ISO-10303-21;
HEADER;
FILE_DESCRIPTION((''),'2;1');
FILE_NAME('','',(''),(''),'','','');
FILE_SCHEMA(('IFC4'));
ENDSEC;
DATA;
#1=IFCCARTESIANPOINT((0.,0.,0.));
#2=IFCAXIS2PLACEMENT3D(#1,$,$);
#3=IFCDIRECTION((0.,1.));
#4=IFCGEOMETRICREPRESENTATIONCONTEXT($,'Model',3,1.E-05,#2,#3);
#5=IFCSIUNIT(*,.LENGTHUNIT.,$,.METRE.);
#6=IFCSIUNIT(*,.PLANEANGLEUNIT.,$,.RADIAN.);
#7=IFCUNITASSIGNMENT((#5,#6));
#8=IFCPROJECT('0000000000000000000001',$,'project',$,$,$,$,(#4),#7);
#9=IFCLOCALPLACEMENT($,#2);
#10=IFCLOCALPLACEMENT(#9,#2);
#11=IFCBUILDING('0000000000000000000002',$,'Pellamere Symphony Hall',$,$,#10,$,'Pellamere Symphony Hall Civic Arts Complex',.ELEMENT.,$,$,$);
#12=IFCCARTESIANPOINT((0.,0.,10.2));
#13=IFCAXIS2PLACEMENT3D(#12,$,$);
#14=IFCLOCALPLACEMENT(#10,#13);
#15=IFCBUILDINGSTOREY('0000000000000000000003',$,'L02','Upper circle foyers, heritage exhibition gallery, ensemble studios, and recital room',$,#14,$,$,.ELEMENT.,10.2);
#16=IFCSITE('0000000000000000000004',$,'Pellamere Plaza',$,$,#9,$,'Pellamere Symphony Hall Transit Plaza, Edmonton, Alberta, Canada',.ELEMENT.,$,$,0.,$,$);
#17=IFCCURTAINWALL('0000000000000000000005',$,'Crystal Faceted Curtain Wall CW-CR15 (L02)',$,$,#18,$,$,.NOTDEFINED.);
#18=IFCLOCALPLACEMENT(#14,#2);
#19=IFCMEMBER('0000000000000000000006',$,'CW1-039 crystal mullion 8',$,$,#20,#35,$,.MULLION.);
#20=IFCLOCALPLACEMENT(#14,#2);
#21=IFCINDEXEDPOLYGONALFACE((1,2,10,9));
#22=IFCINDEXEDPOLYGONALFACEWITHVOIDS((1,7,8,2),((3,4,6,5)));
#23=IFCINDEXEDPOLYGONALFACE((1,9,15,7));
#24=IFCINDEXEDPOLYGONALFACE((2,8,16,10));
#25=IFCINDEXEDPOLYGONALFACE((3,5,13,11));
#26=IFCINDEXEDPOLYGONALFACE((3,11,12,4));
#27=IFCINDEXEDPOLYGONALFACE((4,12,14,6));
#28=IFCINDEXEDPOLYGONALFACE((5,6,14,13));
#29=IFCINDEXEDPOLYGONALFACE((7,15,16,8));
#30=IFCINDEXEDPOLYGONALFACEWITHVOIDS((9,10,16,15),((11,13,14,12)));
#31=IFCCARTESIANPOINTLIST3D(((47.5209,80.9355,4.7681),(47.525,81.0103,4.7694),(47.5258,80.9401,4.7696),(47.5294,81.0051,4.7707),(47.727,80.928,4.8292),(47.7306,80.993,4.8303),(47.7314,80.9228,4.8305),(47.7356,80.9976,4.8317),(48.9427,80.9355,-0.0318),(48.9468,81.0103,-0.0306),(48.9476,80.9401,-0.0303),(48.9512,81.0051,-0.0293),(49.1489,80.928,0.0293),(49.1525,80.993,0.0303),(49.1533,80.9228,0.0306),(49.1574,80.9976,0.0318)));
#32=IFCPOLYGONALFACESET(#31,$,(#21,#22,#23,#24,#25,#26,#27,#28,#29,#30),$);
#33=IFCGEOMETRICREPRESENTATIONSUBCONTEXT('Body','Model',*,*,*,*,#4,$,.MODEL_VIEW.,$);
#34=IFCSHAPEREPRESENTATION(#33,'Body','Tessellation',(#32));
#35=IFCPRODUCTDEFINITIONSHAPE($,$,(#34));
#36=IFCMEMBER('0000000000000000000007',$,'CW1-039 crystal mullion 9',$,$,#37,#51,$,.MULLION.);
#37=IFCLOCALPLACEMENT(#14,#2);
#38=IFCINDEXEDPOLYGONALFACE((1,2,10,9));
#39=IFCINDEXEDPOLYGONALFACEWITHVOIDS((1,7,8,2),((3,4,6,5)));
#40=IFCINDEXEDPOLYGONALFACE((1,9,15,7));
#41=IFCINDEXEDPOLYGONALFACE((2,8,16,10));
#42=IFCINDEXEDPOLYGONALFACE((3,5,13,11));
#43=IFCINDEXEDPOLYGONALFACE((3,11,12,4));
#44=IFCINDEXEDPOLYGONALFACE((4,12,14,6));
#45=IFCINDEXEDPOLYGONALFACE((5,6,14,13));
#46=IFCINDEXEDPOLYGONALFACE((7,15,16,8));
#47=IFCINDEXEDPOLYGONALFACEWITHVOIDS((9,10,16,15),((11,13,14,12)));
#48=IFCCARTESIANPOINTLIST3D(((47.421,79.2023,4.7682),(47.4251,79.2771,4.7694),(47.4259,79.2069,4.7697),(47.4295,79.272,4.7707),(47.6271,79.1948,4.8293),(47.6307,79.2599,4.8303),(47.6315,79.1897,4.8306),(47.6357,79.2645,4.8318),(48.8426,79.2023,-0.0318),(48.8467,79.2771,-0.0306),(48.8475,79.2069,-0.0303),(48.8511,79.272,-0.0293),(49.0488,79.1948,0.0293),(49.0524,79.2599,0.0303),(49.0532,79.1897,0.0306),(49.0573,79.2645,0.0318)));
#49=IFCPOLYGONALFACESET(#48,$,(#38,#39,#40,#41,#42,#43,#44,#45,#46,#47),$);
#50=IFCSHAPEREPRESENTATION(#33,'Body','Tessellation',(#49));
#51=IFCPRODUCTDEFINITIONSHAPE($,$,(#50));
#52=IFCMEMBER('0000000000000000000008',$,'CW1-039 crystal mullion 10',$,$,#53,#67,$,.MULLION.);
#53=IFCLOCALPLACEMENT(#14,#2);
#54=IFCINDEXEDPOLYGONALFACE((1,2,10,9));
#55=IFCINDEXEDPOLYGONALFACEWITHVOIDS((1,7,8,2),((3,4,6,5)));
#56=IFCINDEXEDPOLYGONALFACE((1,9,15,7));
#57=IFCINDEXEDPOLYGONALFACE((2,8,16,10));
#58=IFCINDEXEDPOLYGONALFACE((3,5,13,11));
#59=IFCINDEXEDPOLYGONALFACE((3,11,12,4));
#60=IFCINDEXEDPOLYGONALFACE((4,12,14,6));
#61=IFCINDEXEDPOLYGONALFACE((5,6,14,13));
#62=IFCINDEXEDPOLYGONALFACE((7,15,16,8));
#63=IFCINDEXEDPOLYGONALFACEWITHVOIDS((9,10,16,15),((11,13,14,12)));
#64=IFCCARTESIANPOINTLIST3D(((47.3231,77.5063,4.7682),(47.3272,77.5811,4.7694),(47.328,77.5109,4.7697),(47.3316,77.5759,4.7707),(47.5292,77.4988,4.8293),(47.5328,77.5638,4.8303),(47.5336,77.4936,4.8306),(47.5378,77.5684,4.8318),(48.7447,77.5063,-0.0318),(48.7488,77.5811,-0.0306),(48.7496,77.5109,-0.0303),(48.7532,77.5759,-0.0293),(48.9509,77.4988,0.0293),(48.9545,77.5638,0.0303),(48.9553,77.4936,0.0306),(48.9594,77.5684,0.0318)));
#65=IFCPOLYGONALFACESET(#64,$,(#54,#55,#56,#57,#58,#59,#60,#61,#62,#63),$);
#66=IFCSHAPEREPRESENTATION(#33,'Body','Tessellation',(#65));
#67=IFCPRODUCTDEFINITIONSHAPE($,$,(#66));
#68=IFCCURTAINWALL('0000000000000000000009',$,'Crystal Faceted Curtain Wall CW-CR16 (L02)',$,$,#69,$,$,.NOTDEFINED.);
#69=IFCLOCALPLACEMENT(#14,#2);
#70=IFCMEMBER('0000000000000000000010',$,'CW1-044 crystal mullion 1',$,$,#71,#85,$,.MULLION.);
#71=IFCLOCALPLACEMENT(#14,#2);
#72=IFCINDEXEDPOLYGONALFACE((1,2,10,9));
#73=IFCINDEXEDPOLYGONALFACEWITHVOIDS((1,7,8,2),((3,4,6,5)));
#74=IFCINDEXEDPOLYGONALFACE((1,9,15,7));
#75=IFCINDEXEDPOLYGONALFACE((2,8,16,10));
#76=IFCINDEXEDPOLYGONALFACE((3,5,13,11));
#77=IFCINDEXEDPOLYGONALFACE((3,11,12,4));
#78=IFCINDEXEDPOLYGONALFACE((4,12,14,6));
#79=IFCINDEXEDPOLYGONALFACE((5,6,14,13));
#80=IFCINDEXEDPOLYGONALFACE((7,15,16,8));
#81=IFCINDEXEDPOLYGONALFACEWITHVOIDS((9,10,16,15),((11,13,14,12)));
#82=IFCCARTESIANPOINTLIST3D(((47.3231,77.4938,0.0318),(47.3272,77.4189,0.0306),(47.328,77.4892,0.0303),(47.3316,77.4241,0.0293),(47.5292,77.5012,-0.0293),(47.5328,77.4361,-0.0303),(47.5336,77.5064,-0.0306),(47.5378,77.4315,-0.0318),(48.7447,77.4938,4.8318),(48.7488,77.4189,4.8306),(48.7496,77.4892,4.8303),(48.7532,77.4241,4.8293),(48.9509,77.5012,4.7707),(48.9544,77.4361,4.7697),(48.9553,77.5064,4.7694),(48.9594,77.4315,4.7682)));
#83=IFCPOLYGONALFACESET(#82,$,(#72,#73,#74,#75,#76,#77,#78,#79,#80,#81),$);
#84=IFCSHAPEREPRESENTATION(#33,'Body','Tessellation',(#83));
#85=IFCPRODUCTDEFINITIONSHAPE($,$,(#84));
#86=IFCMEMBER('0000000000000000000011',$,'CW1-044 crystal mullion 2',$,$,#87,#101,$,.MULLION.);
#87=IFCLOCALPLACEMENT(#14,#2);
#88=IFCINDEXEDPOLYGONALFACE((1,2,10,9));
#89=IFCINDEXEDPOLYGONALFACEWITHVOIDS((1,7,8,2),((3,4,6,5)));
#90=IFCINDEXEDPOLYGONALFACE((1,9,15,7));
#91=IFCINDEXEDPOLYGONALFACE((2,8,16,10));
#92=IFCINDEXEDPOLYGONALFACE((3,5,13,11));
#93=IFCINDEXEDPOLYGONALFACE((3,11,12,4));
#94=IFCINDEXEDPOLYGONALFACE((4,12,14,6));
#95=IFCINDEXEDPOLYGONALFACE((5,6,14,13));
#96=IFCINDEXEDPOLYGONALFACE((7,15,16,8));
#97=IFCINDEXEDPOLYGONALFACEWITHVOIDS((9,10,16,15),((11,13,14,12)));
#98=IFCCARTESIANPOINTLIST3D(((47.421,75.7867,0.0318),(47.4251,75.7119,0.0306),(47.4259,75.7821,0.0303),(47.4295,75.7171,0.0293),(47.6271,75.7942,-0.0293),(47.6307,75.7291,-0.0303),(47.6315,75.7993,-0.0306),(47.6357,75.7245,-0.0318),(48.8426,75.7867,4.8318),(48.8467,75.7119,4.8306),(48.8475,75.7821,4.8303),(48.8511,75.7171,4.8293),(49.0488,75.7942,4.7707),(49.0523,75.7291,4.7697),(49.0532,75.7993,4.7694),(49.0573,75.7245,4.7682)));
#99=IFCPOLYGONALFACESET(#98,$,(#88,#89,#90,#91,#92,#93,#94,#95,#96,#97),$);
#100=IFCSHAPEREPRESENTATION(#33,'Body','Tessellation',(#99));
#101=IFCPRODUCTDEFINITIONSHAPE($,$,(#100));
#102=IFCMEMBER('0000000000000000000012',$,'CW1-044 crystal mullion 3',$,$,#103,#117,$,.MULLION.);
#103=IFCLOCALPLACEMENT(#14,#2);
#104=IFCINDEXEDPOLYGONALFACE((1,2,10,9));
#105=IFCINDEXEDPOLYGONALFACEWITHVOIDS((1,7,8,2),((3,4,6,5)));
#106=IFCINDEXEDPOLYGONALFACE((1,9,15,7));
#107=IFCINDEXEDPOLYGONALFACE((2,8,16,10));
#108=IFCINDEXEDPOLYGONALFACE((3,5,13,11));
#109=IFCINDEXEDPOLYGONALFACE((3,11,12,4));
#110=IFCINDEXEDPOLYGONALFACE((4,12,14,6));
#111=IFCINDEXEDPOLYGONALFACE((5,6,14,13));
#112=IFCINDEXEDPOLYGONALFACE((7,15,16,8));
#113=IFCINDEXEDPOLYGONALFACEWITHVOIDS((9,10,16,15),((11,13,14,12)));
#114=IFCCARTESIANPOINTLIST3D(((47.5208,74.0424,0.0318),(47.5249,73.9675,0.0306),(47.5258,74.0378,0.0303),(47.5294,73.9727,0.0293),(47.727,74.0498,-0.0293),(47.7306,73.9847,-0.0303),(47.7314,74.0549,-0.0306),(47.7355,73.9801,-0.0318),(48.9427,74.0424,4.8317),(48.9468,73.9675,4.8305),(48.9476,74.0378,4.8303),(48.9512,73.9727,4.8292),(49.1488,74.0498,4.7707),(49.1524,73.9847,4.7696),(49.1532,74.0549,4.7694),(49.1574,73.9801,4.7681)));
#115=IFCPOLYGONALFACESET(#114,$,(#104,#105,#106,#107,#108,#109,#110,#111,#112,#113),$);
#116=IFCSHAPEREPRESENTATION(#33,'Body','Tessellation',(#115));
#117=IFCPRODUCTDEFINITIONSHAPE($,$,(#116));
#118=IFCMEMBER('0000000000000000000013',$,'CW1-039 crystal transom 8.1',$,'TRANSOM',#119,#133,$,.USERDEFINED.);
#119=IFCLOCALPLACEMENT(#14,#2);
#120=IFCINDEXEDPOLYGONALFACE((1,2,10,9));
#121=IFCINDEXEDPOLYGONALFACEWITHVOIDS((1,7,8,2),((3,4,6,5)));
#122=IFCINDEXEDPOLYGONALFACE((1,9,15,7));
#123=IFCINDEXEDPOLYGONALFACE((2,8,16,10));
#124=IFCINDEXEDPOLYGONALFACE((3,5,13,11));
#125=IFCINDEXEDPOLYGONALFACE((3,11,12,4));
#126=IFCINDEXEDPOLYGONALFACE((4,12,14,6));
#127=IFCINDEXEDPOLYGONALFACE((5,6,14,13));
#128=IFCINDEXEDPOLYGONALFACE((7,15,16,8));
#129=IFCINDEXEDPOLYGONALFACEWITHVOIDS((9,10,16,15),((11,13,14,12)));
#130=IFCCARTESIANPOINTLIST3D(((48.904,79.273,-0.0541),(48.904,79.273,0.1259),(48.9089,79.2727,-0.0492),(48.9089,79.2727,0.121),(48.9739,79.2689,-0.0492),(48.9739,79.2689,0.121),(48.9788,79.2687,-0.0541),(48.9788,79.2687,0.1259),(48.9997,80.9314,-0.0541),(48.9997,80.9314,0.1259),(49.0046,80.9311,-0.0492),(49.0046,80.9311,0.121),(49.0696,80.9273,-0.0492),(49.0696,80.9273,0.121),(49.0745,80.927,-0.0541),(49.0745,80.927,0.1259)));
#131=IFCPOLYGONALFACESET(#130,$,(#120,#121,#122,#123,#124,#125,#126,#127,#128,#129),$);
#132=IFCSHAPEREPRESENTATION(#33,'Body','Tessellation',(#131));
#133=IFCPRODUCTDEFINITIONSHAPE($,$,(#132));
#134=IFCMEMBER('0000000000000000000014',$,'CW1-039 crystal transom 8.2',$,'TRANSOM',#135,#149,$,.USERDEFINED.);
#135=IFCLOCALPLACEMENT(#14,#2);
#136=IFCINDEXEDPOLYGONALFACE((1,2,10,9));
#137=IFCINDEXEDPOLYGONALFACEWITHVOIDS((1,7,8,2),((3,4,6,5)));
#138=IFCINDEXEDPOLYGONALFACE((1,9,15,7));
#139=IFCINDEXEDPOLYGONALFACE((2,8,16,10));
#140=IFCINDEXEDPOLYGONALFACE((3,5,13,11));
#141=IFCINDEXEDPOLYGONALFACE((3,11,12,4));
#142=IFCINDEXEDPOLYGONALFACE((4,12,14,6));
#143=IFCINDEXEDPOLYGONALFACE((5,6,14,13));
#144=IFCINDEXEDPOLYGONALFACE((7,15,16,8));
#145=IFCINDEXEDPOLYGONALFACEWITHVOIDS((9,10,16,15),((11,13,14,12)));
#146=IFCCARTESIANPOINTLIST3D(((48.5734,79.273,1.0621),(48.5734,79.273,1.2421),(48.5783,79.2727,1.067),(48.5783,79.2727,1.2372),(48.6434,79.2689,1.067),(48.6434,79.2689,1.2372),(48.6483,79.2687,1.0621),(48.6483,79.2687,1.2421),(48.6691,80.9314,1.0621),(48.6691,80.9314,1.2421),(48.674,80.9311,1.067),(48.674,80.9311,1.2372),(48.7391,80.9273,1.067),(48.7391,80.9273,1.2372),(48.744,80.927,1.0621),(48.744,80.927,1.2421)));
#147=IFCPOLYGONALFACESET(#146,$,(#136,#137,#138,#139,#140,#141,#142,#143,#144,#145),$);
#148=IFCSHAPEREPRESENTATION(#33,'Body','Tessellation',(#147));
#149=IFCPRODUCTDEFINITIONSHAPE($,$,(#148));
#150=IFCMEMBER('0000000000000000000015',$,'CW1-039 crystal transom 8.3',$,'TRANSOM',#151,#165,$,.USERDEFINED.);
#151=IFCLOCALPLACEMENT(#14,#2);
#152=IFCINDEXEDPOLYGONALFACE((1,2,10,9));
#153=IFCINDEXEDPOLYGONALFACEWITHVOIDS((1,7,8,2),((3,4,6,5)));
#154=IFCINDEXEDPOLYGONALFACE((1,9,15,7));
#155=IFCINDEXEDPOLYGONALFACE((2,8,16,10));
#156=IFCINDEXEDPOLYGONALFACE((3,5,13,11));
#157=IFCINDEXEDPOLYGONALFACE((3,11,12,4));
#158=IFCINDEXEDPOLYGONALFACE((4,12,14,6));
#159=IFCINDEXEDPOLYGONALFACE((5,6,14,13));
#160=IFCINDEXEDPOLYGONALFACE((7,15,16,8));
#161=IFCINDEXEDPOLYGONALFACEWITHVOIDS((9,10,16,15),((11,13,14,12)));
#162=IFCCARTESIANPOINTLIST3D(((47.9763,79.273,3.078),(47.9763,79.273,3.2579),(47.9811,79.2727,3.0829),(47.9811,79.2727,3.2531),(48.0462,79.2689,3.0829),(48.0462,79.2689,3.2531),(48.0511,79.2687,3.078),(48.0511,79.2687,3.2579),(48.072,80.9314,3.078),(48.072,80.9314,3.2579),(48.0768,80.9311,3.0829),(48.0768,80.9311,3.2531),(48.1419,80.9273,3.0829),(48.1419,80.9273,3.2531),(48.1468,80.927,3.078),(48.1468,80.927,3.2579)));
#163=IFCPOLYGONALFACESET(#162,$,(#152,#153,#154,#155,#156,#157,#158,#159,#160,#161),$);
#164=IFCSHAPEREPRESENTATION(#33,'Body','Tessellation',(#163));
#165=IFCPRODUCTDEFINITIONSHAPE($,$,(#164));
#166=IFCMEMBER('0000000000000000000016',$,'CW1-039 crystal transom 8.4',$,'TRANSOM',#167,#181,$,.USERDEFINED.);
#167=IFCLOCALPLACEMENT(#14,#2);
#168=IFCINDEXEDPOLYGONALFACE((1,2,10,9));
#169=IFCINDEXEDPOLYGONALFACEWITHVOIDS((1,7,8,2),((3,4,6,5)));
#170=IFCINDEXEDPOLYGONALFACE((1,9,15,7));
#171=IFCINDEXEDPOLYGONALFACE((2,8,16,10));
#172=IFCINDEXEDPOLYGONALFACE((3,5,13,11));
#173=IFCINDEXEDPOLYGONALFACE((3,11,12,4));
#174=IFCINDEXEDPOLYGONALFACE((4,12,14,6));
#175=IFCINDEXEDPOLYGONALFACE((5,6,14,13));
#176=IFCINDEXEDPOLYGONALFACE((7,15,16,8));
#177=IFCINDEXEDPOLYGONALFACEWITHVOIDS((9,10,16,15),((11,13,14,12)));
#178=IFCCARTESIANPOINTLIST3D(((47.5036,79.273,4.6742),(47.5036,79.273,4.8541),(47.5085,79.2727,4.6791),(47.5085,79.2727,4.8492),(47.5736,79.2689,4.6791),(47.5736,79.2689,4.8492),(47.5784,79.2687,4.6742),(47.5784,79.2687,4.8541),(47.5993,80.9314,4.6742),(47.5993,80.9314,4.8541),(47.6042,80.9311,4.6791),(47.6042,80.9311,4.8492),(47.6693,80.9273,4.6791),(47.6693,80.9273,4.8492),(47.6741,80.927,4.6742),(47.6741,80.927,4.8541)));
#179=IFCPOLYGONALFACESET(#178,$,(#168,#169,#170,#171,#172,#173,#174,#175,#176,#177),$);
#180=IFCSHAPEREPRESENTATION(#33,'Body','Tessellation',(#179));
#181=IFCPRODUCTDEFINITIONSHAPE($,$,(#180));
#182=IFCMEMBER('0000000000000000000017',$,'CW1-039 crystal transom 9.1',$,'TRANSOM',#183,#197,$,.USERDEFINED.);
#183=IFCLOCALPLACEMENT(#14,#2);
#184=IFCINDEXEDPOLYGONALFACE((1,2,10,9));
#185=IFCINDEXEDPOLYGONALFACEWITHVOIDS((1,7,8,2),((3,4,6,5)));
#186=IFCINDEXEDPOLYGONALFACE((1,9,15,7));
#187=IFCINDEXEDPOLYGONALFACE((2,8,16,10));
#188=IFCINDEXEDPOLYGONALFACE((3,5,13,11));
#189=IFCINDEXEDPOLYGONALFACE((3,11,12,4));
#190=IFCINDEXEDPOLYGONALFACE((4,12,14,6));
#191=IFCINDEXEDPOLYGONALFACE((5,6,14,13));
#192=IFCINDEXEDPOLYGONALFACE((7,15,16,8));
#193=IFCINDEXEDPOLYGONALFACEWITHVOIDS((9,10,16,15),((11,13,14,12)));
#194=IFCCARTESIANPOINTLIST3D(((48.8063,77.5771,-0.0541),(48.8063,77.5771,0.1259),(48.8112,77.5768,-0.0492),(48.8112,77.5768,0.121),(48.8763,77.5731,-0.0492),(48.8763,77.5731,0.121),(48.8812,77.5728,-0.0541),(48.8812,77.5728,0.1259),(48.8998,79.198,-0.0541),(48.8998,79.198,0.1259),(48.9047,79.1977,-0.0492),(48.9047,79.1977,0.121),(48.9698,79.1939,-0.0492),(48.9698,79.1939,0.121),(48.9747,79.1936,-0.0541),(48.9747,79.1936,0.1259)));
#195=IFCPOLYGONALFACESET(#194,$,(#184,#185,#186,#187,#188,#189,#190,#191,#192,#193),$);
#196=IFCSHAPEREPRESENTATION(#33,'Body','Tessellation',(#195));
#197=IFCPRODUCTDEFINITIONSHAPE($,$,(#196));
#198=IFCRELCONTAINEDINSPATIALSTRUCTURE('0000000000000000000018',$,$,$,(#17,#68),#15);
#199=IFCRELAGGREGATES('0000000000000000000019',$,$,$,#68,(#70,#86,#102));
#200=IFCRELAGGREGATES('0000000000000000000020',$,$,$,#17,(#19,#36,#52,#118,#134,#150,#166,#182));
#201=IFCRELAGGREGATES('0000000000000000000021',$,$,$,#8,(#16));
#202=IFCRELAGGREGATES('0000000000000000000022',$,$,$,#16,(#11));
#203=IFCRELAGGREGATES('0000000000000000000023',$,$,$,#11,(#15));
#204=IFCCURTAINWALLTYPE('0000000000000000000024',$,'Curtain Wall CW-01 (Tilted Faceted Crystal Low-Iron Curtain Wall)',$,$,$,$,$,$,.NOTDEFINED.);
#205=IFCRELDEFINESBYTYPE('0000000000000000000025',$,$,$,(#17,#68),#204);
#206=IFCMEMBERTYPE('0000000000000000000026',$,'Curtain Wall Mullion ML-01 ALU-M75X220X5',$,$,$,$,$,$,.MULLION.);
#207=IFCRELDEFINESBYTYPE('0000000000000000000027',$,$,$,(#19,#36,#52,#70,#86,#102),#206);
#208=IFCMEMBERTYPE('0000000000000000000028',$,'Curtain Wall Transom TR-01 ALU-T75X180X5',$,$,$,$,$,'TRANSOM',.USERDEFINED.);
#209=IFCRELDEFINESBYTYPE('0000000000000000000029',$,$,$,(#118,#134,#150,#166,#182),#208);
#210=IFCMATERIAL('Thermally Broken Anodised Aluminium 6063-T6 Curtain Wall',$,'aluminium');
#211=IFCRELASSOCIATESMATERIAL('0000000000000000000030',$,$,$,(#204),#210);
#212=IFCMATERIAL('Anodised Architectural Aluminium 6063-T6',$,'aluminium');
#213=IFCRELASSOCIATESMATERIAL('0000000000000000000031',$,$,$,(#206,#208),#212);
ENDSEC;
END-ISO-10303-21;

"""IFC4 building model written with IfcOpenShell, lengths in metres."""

from ifc_helpers import new_model, si_unit, direction, frame, origin, origin_2d, place, context, subcontext, project, spatial, hollow_rectangle, extrude, material, material_profile, profile_set, type_object, element, aggregate, save


model = new_model("IFC4")

# Units and contexts
model_context = context("Model", 3, precision=1e-05, world=origin(), true_north=direction((0.0, 1.0)))
body_context = subcontext(model_context, "Body", "Model", "MODEL_VIEW")
ifc_project = project(units=[si_unit("LENGTHUNIT", "METRE"), si_unit("PLANEANGLEUNIT", "RADIAN")], contexts=[model_context])

# Site, building, storey
site_placement = place(None, origin())
site = spatial("IfcSite", under=ifc_project, at=site_placement, Name="Pellamere Plaza", LongName="Pellamere Symphony Hall Transit Plaza, Edmonton, Alberta, Canada", CompositionType="ELEMENT", RefElevation=0.0)
building_placement = place(site_placement, origin())
building = spatial("IfcBuilding", under=site, at=building_placement, Name="Pellamere Symphony Hall", LongName="Pellamere Symphony Hall Civic Arts Complex", CompositionType="ELEMENT")
storey_placement = place(building_placement, frame((0.0, 0.0, 10.2)))
storey = spatial("IfcBuildingStorey", under=building, at=storey_placement, Name="L02", Description="Upper circle foyers, heritage exhibition gallery, ensemble studios, and recital room", CompositionType="ELEMENT", Elevation=10.2)

# Curtain walls, members
ifc_material_1 = material(Name="Thermally Broken Anodised Aluminium 6063-T6 Curtain Wall", Category="aluminium")
curtain_wall_type = type_object("IfcCurtainWallType", Name="Curtain Wall CW-01 (Tilted Faceted Crystal Low-Iron Curtain Wall)", PredefinedType="NOTDEFINED", material=ifc_material_1)
curtain_wall_1_placement = place(storey_placement, origin())
curtain_wall_1 = element("IfcCurtainWall", 1, at=curtain_wall_1_placement, inside=storey, type_object=curtain_wall_type, Name="Crystal Faceted Curtain Wall CW-CR15 (L02)", PredefinedType="NOTDEFINED")
ifc_material_2 = material(Name="Anodised Architectural Aluminium 6063-T6", Category="aluminium")
ifc_material_profile_1 = material_profile(ifc_material_2, hollow_rectangle(XDim=0.075, YDim=0.22, WallThickness=0.0049, at=origin_2d()), Name="ALU-M75X220X5")
ifc_profile_set_1 = profile_set([ifc_material_profile_1], Name="Anodised Architectural Aluminium 6063-T6")
member_type_1 = type_object("IfcMemberType", Name="Curtain Wall Mullion ML-01 ALU-M75X220X5", PredefinedType="MULLION", material=ifc_profile_set_1)
member_1_placement = place(storey_placement, frame((49.05, 80.9666, 0.0), z_axis=(-0.284022, 0.0, 0.958818), x_axis=(-0.055225, -0.99834, -0.016359)))
member_1 = element("IfcMember", 2, at=member_1_placement, type_object=member_type_1, Name="CW1-039 crystal mullion 8", PredefinedType="MULLION", context=body_context, shape_type="SweptSolid", body=[
    extrude(hollow_rectangle(XDim=0.075, YDim=0.22, WallThickness=0.0049, at=origin_2d()), origin(), (0.0, 0.0, 1.0), 5.0061),
])
member_2_placement = place(storey_placement, frame((48.95, 79.2334, 0.0), z_axis=(-0.283977, 0.0, 0.958831), x_axis=(-0.055225, -0.99834, -0.016356)))
member_2 = element("IfcMember", 3, at=member_2_placement, type_object=member_type_1, Name="CW1-039 crystal mullion 9", PredefinedType="MULLION", context=body_context, shape_type="SweptSolid", body=[
    extrude(hollow_rectangle(XDim=0.075, YDim=0.22, WallThickness=0.0049, at=origin_2d()), origin(), (0.0, 0.0, 1.0), 5.0061),
])
member_3_placement = place(storey_placement, frame((48.8521, 77.5374, 0.0), z_axis=(-0.283977, 0.0, 0.958831), x_axis=(-0.055225, -0.99834, -0.016356)))
member_3 = element("IfcMember", 4, at=member_3_placement, type_object=member_type_1, Name="CW1-039 crystal mullion 10", PredefinedType="MULLION", context=body_context, shape_type="SweptSolid", body=[
    extrude(hollow_rectangle(XDim=0.075, YDim=0.22, WallThickness=0.0049, at=origin_2d()), origin(), (0.0, 0.0, 1.0), 5.0061),
])
curtain_wall_2_placement = place(storey_placement, origin())
curtain_wall_2 = element("IfcCurtainWall", 5, at=curtain_wall_2_placement, inside=storey, type_object=curtain_wall_type, Name="Crystal Faceted Curtain Wall CW-CR16 (L02)", PredefinedType="NOTDEFINED")
member_4_placement = place(storey_placement, frame((47.4304, 77.4626, 0.0), z_axis=(0.283977, 0.0, 0.958831), x_axis=(-0.054875, 0.998361, 0.016252)))
member_4 = element("IfcMember", 6, at=member_4_placement, type_object=member_type_1, Name="CW1-044 crystal mullion 1", PredefinedType="MULLION", context=body_context, shape_type="SweptSolid", body=[
    extrude(hollow_rectangle(XDim=0.075, YDim=0.22, WallThickness=0.0049, at=origin_2d()), origin(), (0.0, 0.0, 1.0), 5.0061),
])
member_5_placement = place(storey_placement, frame((47.5283, 75.7556, 0.0), z_axis=(0.283977, 0.0, 0.958831), x_axis=(-0.054875, 0.998361, 0.016252)))
member_5 = element("IfcMember", 7, at=member_5_placement, type_object=member_type_1, Name="CW1-044 crystal mullion 2", PredefinedType="MULLION", context=body_context, shape_type="SweptSolid", body=[
    extrude(hollow_rectangle(XDim=0.075, YDim=0.22, WallThickness=0.0049, at=origin_2d()), origin(), (0.0, 0.0, 1.0), 5.0061),
])
member_6_placement = place(storey_placement, frame((47.6282, 74.0112, 0.0), z_axis=(0.284022, 0.0, 0.958818), x_axis=(-0.054874, 0.998361, 0.016255)))
member_6 = element("IfcMember", 8, at=member_6_placement, type_object=member_type_1, Name="CW1-044 crystal mullion 3", PredefinedType="MULLION", context=body_context, shape_type="SweptSolid", body=[
    extrude(hollow_rectangle(XDim=0.075, YDim=0.22, WallThickness=0.0049, at=origin_2d()), origin(), (0.0, 0.0, 1.0), 5.0061),
])

# Members
ifc_material_profile_2 = material_profile(ifc_material_2, hollow_rectangle(XDim=0.075, YDim=0.1799, WallThickness=0.0049, at=origin_2d()), Name="ALU-T75X180X5")
ifc_profile_set_2 = profile_set([ifc_material_profile_2], Name="Anodised Architectural Aluminium 6063-T6")
member_type_2 = type_object("IfcMemberType", Name="Curtain Wall Transom TR-01 ALU-T75X180X5", ElementType="TRANSOM", PredefinedType="USERDEFINED", material=ifc_profile_set_2)
member_7_placement = place(storey_placement, frame((49.0371, 80.9292, 0.0359), z_axis=(-0.057611, -0.998339, 0.0), x_axis=(0.998339, -0.057611, 0.0)))
member_7 = element("IfcMember", 9, at=member_7_placement, type_object=member_type_2, Name="CW1-039 crystal transom 8.1", ObjectType="TRANSOM", PredefinedType="USERDEFINED", context=body_context, shape_type="SweptSolid", body=[
    extrude(hollow_rectangle(XDim=0.075, YDim=0.1799, WallThickness=0.0049, at=origin_2d()), origin(), (0.0, 0.0, 1.0), 1.6611),
])
member_8_placement = place(storey_placement, frame((48.7065, 80.9292, 1.1521), z_axis=(-0.057611, -0.998339, 0.0), x_axis=(0.998339, -0.057611, 0.0)))
member_8 = element("IfcMember", 10, at=member_8_placement, type_object=member_type_2, Name="CW1-039 crystal transom 8.2", ObjectType="TRANSOM", PredefinedType="USERDEFINED", context=body_context, shape_type="SweptSolid", body=[
    extrude(hollow_rectangle(XDim=0.075, YDim=0.1799, WallThickness=0.0049, at=origin_2d()), origin(), (0.0, 0.0, 1.0), 1.6611),
])
member_9_placement = place(storey_placement, frame((48.1094, 80.9292, 3.168), z_axis=(-0.057611, -0.998339, 0.0), x_axis=(0.998339, -0.057611, 0.0)))
member_9 = element("IfcMember", 11, at=member_9_placement, type_object=member_type_2, Name="CW1-039 crystal transom 8.3", ObjectType="TRANSOM", PredefinedType="USERDEFINED", context=body_context, shape_type="SweptSolid", body=[
    extrude(hollow_rectangle(XDim=0.075, YDim=0.1799, WallThickness=0.0049, at=origin_2d()), origin(), (0.0, 0.0, 1.0), 1.6611),
])
member_10_placement = place(storey_placement, frame((47.6367, 80.9292, 4.7642), z_axis=(-0.057611, -0.998339, 0.0), x_axis=(0.998339, -0.057611, 0.0)))
member_10 = element("IfcMember", 12, at=member_10_placement, type_object=member_type_2, Name="CW1-039 crystal transom 8.4", ObjectType="TRANSOM", PredefinedType="USERDEFINED", context=body_context, shape_type="SweptSolid", body=[
    extrude(hollow_rectangle(XDim=0.075, YDim=0.1799, WallThickness=0.0049, at=origin_2d()), origin(), (0.0, 0.0, 1.0), 1.6611),
])
member_11_placement = place(storey_placement, frame((48.9373, 79.1958, 0.0359), z_axis=(-0.057594, -0.99834, 0.0), x_axis=(0.99834, -0.057594, 0.0)))
member_11 = element("IfcMember", 13, at=member_11_placement, type_object=member_type_2, Name="CW1-039 crystal transom 9.1", ObjectType="TRANSOM", PredefinedType="USERDEFINED", context=body_context, shape_type="SweptSolid", body=[
    extrude(hollow_rectangle(XDim=0.075, YDim=0.1799, WallThickness=0.0049, at=origin_2d()), origin(), (0.0, 0.0, 1.0), 1.6235),
])

aggregate(curtain_wall_2, [member_4, member_5, member_6])
aggregate(curtain_wall_1, [member_1, member_2, member_3, member_7, member_8, member_9, member_10, member_11])

save(model, "model.ifc")
